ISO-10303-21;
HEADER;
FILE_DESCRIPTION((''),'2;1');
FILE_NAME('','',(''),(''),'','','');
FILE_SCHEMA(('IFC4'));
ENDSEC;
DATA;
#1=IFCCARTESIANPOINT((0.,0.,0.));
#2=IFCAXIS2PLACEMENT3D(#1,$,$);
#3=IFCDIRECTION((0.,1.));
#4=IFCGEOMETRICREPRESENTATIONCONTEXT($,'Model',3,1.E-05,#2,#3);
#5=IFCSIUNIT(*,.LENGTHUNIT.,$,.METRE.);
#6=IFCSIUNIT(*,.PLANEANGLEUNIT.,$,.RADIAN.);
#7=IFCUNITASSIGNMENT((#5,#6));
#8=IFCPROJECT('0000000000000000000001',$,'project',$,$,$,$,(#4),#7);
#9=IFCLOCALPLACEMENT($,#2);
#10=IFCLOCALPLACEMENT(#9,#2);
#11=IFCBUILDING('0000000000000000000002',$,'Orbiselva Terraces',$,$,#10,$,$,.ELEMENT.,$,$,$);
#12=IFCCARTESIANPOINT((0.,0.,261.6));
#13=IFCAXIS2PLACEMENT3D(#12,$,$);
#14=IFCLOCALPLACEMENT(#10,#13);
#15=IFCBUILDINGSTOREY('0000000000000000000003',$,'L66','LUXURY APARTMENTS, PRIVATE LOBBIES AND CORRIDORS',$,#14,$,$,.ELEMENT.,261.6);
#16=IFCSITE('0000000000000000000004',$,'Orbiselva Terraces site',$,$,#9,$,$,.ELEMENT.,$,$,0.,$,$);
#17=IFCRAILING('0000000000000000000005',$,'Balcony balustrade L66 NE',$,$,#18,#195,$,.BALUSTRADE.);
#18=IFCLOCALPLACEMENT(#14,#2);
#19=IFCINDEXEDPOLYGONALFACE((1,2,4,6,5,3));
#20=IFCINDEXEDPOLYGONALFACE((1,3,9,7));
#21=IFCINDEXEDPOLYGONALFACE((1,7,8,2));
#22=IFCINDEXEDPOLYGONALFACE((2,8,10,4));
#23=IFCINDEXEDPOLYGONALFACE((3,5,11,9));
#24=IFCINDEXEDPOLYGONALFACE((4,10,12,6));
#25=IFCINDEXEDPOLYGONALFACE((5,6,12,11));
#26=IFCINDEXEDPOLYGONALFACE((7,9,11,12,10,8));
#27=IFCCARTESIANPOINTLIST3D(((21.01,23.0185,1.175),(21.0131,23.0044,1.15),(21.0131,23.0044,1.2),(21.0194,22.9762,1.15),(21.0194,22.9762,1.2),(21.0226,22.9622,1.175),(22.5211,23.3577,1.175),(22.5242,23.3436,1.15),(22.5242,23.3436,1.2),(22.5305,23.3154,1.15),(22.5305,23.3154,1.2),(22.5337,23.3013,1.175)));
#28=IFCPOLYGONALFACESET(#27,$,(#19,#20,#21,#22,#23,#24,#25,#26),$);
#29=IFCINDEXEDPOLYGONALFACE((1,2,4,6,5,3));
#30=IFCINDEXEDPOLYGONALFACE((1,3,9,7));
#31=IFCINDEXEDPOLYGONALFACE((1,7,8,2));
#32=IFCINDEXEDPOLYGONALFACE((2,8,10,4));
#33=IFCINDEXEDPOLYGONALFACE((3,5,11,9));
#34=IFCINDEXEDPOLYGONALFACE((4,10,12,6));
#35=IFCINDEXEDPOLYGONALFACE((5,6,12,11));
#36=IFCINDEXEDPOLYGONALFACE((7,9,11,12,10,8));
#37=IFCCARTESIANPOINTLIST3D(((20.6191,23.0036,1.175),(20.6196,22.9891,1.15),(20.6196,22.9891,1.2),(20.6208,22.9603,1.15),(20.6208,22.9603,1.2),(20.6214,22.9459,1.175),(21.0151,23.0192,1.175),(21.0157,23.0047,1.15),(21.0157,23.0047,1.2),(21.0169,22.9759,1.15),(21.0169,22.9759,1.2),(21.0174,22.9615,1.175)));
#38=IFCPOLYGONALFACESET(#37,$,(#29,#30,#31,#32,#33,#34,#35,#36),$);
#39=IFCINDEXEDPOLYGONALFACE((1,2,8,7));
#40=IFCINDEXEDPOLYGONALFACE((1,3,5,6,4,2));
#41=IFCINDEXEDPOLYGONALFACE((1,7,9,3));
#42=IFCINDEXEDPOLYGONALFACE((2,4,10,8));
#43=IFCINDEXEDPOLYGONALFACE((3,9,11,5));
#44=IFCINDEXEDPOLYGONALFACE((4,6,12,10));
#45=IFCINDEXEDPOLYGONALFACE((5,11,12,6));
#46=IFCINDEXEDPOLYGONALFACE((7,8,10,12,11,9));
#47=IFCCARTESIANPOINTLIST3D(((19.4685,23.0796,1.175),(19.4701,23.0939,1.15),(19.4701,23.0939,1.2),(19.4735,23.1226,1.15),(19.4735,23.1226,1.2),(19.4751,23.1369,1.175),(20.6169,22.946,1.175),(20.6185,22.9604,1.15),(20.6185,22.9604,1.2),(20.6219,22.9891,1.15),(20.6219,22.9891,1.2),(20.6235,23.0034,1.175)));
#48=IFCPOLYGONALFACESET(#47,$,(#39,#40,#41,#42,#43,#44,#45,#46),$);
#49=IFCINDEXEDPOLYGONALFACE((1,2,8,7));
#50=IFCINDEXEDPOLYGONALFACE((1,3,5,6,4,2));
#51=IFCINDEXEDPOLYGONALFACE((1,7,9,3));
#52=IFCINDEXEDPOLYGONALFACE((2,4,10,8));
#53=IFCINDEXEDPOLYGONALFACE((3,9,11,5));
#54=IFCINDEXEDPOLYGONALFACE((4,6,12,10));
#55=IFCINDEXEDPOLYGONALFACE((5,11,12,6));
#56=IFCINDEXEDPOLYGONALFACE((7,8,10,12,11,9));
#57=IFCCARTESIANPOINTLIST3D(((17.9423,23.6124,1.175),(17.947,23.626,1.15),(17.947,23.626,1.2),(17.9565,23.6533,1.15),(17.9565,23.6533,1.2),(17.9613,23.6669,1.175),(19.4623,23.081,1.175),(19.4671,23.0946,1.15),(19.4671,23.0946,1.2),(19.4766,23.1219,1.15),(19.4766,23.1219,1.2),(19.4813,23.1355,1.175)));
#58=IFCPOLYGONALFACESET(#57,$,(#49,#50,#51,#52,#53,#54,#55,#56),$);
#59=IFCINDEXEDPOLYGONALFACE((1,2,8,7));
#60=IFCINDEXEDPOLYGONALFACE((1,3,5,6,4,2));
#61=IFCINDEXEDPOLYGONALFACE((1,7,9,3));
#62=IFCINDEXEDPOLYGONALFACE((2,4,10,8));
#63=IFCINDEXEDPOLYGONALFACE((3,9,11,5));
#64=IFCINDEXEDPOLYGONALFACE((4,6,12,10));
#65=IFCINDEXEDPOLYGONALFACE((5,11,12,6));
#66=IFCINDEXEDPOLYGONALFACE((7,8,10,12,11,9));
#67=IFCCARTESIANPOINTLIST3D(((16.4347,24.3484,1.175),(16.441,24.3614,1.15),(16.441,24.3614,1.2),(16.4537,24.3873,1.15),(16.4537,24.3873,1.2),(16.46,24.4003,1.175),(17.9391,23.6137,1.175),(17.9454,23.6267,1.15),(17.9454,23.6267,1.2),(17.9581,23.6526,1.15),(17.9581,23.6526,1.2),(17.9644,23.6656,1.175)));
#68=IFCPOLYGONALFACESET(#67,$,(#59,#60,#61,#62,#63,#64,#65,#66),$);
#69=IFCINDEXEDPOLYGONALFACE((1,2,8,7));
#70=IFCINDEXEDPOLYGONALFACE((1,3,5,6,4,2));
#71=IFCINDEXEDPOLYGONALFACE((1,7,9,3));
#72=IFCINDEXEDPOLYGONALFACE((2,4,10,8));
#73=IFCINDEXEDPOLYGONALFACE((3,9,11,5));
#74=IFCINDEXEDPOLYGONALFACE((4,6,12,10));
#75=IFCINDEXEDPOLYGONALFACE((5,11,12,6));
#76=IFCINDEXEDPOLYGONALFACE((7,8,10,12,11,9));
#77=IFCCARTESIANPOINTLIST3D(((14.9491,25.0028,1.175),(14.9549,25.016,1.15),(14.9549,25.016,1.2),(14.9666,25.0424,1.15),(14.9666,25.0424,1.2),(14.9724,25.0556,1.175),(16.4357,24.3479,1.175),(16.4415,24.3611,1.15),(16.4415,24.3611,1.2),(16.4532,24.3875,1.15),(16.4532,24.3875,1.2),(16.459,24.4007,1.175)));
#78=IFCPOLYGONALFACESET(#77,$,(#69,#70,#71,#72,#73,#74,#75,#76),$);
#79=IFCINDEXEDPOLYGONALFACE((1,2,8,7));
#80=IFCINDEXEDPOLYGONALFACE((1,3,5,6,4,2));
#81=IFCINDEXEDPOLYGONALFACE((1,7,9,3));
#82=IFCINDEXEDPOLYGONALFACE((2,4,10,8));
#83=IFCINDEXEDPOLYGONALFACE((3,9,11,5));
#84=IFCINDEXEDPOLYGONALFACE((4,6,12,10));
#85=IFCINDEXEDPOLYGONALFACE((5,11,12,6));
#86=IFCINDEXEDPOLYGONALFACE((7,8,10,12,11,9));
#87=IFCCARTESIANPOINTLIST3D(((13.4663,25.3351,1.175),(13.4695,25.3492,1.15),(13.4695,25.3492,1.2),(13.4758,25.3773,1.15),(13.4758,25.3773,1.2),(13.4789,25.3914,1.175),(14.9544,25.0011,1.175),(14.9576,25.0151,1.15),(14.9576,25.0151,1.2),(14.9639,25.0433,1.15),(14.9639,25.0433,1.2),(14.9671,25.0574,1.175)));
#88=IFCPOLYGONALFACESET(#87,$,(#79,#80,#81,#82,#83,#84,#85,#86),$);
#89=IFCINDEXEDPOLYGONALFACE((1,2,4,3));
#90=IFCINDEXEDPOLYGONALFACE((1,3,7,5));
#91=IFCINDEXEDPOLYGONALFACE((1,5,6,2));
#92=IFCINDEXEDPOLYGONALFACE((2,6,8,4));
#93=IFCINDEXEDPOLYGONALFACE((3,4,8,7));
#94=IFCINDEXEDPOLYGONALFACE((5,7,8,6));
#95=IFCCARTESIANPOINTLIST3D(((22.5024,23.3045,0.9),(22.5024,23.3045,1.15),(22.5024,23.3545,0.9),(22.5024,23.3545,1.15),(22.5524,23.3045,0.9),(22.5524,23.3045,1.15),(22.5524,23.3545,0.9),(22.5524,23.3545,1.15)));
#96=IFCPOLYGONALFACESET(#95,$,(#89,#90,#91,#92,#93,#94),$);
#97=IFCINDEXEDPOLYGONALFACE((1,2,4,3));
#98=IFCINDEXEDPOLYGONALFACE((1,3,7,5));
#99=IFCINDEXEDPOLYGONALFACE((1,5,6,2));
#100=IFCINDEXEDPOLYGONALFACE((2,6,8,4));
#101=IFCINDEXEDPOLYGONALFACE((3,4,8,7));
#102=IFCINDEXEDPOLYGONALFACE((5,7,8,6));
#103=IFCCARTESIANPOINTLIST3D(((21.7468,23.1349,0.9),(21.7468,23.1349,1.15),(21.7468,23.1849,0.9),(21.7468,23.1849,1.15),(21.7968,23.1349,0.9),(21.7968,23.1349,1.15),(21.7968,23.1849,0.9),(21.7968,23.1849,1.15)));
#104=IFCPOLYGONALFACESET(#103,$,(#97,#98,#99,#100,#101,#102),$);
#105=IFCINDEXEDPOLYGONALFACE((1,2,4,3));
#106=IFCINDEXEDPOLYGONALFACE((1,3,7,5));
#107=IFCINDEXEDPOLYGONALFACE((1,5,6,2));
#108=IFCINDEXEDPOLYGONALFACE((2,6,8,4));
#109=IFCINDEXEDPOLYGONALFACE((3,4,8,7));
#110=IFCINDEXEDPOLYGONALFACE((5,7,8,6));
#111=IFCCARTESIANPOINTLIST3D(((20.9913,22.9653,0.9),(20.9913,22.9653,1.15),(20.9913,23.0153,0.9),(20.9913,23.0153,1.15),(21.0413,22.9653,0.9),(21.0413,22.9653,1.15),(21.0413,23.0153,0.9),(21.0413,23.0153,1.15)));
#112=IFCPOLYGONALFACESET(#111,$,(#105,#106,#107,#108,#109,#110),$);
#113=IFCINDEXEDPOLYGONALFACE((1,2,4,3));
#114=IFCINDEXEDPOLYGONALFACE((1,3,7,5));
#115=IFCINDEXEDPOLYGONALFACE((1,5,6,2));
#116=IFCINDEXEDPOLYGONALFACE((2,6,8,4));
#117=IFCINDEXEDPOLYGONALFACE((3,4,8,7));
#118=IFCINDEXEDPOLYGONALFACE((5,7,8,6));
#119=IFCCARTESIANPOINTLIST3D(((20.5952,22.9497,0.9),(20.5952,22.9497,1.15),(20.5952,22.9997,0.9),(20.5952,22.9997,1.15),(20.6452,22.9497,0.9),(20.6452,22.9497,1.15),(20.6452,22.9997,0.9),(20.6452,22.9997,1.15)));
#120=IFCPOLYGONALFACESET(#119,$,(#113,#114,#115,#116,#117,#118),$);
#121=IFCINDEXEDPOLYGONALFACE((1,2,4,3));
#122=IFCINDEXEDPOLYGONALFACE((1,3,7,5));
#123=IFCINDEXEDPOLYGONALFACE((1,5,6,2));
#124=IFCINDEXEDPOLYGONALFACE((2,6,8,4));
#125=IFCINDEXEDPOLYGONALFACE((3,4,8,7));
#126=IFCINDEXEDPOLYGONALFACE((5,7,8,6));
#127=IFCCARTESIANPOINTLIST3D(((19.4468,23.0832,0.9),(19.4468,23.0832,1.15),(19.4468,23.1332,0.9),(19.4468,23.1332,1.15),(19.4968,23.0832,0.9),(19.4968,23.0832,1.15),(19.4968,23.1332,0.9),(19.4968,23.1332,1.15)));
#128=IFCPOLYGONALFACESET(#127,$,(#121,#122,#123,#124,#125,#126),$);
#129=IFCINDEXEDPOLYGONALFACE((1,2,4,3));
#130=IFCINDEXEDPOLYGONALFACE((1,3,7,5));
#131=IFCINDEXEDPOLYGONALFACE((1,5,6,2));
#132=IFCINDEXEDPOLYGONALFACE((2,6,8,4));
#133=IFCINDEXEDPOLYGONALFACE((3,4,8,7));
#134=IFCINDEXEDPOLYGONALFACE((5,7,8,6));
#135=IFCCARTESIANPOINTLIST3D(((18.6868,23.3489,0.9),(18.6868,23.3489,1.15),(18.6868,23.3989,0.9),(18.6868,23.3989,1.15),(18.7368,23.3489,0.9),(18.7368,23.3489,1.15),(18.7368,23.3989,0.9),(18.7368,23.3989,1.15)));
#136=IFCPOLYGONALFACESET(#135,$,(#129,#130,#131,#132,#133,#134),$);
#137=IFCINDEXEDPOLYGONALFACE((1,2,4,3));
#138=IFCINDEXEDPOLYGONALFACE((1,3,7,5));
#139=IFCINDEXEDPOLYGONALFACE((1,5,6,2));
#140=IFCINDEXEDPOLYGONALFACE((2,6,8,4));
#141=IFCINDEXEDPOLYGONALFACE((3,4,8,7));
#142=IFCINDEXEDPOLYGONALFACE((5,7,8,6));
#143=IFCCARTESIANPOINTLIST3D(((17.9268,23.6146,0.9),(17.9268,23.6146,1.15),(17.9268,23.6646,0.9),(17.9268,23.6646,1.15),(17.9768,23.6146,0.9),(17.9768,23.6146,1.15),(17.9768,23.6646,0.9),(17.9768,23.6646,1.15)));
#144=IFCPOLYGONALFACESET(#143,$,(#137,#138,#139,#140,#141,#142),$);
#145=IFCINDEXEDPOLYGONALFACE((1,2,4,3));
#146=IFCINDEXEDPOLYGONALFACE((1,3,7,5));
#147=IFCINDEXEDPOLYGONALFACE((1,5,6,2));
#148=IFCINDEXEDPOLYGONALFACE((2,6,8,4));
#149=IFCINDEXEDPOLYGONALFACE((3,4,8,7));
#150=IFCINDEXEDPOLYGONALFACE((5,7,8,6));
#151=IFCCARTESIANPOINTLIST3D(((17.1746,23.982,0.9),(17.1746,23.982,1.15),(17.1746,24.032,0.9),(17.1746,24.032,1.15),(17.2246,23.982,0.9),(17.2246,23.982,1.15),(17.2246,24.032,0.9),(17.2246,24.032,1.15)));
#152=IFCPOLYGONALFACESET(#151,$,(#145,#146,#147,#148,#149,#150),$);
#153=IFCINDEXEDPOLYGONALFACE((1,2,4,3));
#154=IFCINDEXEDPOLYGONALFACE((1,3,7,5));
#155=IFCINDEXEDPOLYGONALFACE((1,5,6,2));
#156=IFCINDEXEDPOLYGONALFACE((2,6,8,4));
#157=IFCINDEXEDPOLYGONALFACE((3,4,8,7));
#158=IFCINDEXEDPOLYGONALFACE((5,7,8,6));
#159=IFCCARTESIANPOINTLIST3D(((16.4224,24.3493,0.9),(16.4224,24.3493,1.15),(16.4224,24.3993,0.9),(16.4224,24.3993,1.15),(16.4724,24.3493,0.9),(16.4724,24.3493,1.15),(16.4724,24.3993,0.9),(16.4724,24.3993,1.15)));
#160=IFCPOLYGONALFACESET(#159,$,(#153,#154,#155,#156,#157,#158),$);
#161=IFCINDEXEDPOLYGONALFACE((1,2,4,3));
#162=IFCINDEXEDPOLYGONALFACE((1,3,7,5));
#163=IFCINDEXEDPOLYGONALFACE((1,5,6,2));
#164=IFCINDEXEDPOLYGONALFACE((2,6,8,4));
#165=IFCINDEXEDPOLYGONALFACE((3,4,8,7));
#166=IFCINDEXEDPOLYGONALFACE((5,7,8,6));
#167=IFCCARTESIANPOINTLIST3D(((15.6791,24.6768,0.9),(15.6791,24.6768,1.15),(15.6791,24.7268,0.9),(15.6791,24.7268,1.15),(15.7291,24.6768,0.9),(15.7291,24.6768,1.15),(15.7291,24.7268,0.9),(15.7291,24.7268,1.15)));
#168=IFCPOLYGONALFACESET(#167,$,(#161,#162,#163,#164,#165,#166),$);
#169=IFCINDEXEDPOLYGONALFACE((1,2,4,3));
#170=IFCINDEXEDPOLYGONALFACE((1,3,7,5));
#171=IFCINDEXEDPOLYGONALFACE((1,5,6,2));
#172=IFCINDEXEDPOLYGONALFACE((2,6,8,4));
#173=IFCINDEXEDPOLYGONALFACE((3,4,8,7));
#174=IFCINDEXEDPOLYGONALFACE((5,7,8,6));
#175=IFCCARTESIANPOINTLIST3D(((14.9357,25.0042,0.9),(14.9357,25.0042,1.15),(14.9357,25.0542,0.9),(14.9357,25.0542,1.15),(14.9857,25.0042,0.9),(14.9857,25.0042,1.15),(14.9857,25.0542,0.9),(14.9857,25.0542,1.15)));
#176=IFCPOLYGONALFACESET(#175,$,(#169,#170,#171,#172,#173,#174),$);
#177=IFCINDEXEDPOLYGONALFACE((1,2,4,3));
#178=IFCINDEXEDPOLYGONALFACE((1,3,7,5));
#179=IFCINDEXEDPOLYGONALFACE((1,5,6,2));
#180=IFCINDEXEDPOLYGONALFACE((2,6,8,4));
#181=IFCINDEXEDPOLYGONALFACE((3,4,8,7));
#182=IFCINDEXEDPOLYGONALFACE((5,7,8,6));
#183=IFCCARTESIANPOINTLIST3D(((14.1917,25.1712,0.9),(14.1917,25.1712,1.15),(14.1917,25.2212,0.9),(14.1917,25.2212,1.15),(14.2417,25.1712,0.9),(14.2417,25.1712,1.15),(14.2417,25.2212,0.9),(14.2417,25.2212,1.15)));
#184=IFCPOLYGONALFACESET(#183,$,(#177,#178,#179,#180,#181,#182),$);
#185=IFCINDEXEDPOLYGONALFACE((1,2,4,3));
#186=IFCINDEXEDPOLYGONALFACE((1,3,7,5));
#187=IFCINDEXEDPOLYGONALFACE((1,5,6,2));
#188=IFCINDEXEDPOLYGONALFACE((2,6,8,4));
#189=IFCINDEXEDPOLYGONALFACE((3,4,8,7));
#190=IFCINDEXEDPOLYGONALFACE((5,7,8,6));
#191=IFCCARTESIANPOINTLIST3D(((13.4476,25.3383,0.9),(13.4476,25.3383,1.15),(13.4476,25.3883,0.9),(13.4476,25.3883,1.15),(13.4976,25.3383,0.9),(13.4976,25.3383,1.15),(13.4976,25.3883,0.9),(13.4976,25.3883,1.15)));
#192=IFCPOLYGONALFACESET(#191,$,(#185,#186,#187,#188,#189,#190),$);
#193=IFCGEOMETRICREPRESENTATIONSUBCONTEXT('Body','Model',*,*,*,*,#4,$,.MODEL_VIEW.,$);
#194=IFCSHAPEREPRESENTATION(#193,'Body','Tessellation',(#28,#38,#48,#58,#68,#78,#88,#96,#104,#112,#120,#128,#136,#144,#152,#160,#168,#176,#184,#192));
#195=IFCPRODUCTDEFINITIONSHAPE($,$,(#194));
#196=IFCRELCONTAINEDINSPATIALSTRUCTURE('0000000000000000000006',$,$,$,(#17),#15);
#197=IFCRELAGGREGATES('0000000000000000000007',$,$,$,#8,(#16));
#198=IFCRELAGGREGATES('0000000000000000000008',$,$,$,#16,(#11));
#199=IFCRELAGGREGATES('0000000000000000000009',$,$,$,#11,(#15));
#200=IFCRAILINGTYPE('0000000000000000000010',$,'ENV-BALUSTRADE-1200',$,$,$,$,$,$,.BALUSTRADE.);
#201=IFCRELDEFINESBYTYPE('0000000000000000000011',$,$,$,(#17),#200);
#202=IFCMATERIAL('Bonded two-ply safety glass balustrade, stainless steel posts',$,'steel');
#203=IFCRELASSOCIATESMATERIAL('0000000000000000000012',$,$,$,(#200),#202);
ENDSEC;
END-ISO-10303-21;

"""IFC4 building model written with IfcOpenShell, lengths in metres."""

from ifc_helpers import new_model, si_unit, direction, frame, origin, origin_2d, place, context, subcontext, project, spatial, polyline, rectangle, outline, extrude, material, type_object, element, save


model = new_model("IFC4")

# Units and contexts
model_context = context("Model", 3, precision=1e-05, world=origin(), true_north=direction((0.0, 1.0)))
body_context = subcontext(model_context, "Body", "Model", "MODEL_VIEW")
ifc_project = project(units=[si_unit("LENGTHUNIT", "METRE"), si_unit("PLANEANGLEUNIT", "RADIAN")], contexts=[model_context])

# Site, building, storey
site_placement = place(None, origin())
site = spatial("IfcSite", under=ifc_project, at=site_placement, Name="Orbiselva Terraces site", CompositionType="ELEMENT", RefElevation=0.0)
building_placement = place(site_placement, origin())
building = spatial("IfcBuilding", under=site, at=building_placement, Name="Orbiselva Terraces", CompositionType="ELEMENT")
storey_placement = place(building_placement, frame((0.0, 0.0, 261.6)))
storey = spatial("IfcBuildingStorey", under=building, at=storey_placement, Name="L66", Description="LUXURY APARTMENTS, PRIVATE LOBBIES AND CORRIDORS", CompositionType="ELEMENT", Elevation=261.6)

# Railing
ifc_material_1 = material(Name="Bonded two-ply safety glass balustrade, stainless steel posts", Category="steel")
railing_type_1 = type_object("IfcRailingType", Name="ENV-BALUSTRADE-1200", PredefinedType="BALUSTRADE", material=ifc_material_1)
railing_1_placement = place(storey_placement, frame((22.5274, 23.3295, 0.9)))
element("IfcRailing", 1, at=railing_1_placement, inside=storey, type_object=railing_type_1, Name="Balcony balustrade L66 NE", PredefinedType="BALUSTRADE", context=body_context, shape_type="SweptSolid", body=[
    extrude(outline(polyline([(0.0289, 0.0), (0.0144, 0.025), (-0.0144, 0.025), (-0.0289, 0.0), (-0.0144, -0.025), (0.0144, -0.025), (0.0289, 0.0)])), frame((0.0, 0.0, 0.275), z_axis=(-0.975721, -0.219015, 0.0), x_axis=(0.219015, -0.975721, 0.0)), (0.0, 0.0, 1.0), 1.5487),
    extrude(outline(polyline([(0.0289, 0.0), (0.0144, 0.025), (-0.0144, 0.025), (-0.0289, 0.0), (-0.0144, -0.025), (0.0144, -0.025), (0.0289, 0.0)])), frame((-1.5111, -0.3392, 0.275), z_axis=(-0.999225, -0.039369, 0.0), x_axis=(0.039369, -0.999225, 0.0)), (0.0, 0.0, 1.0), 0.3964),
    extrude(outline(polyline([(0.0289, 0.0), (0.0144, 0.025), (-0.0144, 0.025), (-0.0289, 0.0), (-0.0144, -0.025), (0.0144, -0.025), (0.0289, 0.0)])), frame((-1.9072, -0.3548, 0.275), z_axis=(-0.99331, 0.115482, 0.0), x_axis=(-0.115482, -0.99331, 0.0)), (0.0, 0.0, 1.0), 1.1561),
    extrude(outline(polyline([(0.0289, 0.0), (0.0144, 0.025), (-0.0144, 0.025), (-0.0289, 0.0), (-0.0144, -0.025), (0.0144, -0.025), (0.0289, 0.0)])), frame((-3.0556, -0.2213, 0.275), z_axis=(-0.943972, 0.330025, 0.0), x_axis=(-0.330025, -0.943972, 0.0)), (0.0, 0.0, 1.0), 1.6103),
    extrude(outline(polyline([(0.0289, 0.0), (0.0144, 0.025), (-0.0144, 0.025), (-0.0289, 0.0), (-0.0144, -0.025), (0.0144, -0.025), (0.0289, 0.0)])), frame((-4.5756, 0.3101, 0.275), z_axis=(-0.898579, 0.438812, 0.0), x_axis=(-0.438812, -0.898579, 0.0)), (0.0, 0.0, 1.0), 1.6742),
    extrude(outline(polyline([(0.0289, 0.0), (0.0144, 0.025), (-0.0144, 0.025), (-0.0289, 0.0), (-0.0144, -0.025), (0.0144, -0.025), (0.0289, 0.0)])), frame((-6.08, 1.0448, 0.275), z_axis=(-0.915133, 0.403151, 0.0), x_axis=(-0.403151, -0.915133, 0.0)), (0.0, 0.0, 1.0), 1.6245),
    extrude(outline(polyline([(0.0289, 0.0), (0.0144, 0.025), (-0.0144, 0.025), (-0.0289, 0.0), (-0.0144, -0.025), (0.0144, -0.025), (0.0289, 0.0)])), frame((-7.5666, 1.6997, 0.275), z_axis=(-0.975721, 0.219016, 0.0), x_axis=(-0.219016, -0.975721, 0.0)), (0.0, 0.0, 1.0), 1.5252),
    extrude(rectangle(XDim=0.05, YDim=0.05, at=origin_2d()), origin(), (0.0, 0.0, 1.0), 0.25),
    extrude(rectangle(XDim=0.05, YDim=0.05, at=origin_2d()), frame((-0.7555, -0.1696, 0.0)), (0.0, 0.0, 1.0), 0.25),
    extrude(rectangle(XDim=0.05, YDim=0.05, at=origin_2d()), frame((-1.5111, -0.3392, 0.0)), (0.0, 0.0, 1.0), 0.25),
    extrude(rectangle(XDim=0.05, YDim=0.05, at=origin_2d()), frame((-1.9072, -0.3548, 0.0)), (0.0, 0.0, 1.0), 0.25),
    extrude(rectangle(XDim=0.05, YDim=0.05, at=origin_2d()), frame((-3.0556, -0.2213, 0.0)), (0.0, 0.0, 1.0), 0.25),
    extrude(rectangle(XDim=0.05, YDim=0.05, at=origin_2d()), frame((-3.8156, 0.0444, 0.0)), (0.0, 0.0, 1.0), 0.25),
    extrude(rectangle(XDim=0.05, YDim=0.05, at=origin_2d()), frame((-4.5756, 0.3101, 0.0)), (0.0, 0.0, 1.0), 0.25),
    extrude(rectangle(XDim=0.05, YDim=0.05, at=origin_2d()), frame((-5.3278, 0.6775, 0.0)), (0.0, 0.0, 1.0), 0.25),
    extrude(rectangle(XDim=0.05, YDim=0.05, at=origin_2d()), frame((-6.08, 1.0448, 0.0)), (0.0, 0.0, 1.0), 0.25),
    extrude(rectangle(XDim=0.05, YDim=0.05, at=origin_2d()), frame((-6.8233, 1.3723, 0.0)), (0.0, 0.0, 1.0), 0.25),
    extrude(rectangle(XDim=0.05, YDim=0.05, at=origin_2d()), frame((-7.5666, 1.6997, 0.0)), (0.0, 0.0, 1.0), 0.25),
    extrude(rectangle(XDim=0.05, YDim=0.05, at=origin_2d()), frame((-8.3107, 1.8667, 0.0)), (0.0, 0.0, 1.0), 0.25),
    extrude(rectangle(XDim=0.05, YDim=0.05, at=origin_2d()), frame((-9.0548, 2.0338, 0.0)), (0.0, 0.0, 1.0), 0.25),
])

save(model, "model.ifc")
